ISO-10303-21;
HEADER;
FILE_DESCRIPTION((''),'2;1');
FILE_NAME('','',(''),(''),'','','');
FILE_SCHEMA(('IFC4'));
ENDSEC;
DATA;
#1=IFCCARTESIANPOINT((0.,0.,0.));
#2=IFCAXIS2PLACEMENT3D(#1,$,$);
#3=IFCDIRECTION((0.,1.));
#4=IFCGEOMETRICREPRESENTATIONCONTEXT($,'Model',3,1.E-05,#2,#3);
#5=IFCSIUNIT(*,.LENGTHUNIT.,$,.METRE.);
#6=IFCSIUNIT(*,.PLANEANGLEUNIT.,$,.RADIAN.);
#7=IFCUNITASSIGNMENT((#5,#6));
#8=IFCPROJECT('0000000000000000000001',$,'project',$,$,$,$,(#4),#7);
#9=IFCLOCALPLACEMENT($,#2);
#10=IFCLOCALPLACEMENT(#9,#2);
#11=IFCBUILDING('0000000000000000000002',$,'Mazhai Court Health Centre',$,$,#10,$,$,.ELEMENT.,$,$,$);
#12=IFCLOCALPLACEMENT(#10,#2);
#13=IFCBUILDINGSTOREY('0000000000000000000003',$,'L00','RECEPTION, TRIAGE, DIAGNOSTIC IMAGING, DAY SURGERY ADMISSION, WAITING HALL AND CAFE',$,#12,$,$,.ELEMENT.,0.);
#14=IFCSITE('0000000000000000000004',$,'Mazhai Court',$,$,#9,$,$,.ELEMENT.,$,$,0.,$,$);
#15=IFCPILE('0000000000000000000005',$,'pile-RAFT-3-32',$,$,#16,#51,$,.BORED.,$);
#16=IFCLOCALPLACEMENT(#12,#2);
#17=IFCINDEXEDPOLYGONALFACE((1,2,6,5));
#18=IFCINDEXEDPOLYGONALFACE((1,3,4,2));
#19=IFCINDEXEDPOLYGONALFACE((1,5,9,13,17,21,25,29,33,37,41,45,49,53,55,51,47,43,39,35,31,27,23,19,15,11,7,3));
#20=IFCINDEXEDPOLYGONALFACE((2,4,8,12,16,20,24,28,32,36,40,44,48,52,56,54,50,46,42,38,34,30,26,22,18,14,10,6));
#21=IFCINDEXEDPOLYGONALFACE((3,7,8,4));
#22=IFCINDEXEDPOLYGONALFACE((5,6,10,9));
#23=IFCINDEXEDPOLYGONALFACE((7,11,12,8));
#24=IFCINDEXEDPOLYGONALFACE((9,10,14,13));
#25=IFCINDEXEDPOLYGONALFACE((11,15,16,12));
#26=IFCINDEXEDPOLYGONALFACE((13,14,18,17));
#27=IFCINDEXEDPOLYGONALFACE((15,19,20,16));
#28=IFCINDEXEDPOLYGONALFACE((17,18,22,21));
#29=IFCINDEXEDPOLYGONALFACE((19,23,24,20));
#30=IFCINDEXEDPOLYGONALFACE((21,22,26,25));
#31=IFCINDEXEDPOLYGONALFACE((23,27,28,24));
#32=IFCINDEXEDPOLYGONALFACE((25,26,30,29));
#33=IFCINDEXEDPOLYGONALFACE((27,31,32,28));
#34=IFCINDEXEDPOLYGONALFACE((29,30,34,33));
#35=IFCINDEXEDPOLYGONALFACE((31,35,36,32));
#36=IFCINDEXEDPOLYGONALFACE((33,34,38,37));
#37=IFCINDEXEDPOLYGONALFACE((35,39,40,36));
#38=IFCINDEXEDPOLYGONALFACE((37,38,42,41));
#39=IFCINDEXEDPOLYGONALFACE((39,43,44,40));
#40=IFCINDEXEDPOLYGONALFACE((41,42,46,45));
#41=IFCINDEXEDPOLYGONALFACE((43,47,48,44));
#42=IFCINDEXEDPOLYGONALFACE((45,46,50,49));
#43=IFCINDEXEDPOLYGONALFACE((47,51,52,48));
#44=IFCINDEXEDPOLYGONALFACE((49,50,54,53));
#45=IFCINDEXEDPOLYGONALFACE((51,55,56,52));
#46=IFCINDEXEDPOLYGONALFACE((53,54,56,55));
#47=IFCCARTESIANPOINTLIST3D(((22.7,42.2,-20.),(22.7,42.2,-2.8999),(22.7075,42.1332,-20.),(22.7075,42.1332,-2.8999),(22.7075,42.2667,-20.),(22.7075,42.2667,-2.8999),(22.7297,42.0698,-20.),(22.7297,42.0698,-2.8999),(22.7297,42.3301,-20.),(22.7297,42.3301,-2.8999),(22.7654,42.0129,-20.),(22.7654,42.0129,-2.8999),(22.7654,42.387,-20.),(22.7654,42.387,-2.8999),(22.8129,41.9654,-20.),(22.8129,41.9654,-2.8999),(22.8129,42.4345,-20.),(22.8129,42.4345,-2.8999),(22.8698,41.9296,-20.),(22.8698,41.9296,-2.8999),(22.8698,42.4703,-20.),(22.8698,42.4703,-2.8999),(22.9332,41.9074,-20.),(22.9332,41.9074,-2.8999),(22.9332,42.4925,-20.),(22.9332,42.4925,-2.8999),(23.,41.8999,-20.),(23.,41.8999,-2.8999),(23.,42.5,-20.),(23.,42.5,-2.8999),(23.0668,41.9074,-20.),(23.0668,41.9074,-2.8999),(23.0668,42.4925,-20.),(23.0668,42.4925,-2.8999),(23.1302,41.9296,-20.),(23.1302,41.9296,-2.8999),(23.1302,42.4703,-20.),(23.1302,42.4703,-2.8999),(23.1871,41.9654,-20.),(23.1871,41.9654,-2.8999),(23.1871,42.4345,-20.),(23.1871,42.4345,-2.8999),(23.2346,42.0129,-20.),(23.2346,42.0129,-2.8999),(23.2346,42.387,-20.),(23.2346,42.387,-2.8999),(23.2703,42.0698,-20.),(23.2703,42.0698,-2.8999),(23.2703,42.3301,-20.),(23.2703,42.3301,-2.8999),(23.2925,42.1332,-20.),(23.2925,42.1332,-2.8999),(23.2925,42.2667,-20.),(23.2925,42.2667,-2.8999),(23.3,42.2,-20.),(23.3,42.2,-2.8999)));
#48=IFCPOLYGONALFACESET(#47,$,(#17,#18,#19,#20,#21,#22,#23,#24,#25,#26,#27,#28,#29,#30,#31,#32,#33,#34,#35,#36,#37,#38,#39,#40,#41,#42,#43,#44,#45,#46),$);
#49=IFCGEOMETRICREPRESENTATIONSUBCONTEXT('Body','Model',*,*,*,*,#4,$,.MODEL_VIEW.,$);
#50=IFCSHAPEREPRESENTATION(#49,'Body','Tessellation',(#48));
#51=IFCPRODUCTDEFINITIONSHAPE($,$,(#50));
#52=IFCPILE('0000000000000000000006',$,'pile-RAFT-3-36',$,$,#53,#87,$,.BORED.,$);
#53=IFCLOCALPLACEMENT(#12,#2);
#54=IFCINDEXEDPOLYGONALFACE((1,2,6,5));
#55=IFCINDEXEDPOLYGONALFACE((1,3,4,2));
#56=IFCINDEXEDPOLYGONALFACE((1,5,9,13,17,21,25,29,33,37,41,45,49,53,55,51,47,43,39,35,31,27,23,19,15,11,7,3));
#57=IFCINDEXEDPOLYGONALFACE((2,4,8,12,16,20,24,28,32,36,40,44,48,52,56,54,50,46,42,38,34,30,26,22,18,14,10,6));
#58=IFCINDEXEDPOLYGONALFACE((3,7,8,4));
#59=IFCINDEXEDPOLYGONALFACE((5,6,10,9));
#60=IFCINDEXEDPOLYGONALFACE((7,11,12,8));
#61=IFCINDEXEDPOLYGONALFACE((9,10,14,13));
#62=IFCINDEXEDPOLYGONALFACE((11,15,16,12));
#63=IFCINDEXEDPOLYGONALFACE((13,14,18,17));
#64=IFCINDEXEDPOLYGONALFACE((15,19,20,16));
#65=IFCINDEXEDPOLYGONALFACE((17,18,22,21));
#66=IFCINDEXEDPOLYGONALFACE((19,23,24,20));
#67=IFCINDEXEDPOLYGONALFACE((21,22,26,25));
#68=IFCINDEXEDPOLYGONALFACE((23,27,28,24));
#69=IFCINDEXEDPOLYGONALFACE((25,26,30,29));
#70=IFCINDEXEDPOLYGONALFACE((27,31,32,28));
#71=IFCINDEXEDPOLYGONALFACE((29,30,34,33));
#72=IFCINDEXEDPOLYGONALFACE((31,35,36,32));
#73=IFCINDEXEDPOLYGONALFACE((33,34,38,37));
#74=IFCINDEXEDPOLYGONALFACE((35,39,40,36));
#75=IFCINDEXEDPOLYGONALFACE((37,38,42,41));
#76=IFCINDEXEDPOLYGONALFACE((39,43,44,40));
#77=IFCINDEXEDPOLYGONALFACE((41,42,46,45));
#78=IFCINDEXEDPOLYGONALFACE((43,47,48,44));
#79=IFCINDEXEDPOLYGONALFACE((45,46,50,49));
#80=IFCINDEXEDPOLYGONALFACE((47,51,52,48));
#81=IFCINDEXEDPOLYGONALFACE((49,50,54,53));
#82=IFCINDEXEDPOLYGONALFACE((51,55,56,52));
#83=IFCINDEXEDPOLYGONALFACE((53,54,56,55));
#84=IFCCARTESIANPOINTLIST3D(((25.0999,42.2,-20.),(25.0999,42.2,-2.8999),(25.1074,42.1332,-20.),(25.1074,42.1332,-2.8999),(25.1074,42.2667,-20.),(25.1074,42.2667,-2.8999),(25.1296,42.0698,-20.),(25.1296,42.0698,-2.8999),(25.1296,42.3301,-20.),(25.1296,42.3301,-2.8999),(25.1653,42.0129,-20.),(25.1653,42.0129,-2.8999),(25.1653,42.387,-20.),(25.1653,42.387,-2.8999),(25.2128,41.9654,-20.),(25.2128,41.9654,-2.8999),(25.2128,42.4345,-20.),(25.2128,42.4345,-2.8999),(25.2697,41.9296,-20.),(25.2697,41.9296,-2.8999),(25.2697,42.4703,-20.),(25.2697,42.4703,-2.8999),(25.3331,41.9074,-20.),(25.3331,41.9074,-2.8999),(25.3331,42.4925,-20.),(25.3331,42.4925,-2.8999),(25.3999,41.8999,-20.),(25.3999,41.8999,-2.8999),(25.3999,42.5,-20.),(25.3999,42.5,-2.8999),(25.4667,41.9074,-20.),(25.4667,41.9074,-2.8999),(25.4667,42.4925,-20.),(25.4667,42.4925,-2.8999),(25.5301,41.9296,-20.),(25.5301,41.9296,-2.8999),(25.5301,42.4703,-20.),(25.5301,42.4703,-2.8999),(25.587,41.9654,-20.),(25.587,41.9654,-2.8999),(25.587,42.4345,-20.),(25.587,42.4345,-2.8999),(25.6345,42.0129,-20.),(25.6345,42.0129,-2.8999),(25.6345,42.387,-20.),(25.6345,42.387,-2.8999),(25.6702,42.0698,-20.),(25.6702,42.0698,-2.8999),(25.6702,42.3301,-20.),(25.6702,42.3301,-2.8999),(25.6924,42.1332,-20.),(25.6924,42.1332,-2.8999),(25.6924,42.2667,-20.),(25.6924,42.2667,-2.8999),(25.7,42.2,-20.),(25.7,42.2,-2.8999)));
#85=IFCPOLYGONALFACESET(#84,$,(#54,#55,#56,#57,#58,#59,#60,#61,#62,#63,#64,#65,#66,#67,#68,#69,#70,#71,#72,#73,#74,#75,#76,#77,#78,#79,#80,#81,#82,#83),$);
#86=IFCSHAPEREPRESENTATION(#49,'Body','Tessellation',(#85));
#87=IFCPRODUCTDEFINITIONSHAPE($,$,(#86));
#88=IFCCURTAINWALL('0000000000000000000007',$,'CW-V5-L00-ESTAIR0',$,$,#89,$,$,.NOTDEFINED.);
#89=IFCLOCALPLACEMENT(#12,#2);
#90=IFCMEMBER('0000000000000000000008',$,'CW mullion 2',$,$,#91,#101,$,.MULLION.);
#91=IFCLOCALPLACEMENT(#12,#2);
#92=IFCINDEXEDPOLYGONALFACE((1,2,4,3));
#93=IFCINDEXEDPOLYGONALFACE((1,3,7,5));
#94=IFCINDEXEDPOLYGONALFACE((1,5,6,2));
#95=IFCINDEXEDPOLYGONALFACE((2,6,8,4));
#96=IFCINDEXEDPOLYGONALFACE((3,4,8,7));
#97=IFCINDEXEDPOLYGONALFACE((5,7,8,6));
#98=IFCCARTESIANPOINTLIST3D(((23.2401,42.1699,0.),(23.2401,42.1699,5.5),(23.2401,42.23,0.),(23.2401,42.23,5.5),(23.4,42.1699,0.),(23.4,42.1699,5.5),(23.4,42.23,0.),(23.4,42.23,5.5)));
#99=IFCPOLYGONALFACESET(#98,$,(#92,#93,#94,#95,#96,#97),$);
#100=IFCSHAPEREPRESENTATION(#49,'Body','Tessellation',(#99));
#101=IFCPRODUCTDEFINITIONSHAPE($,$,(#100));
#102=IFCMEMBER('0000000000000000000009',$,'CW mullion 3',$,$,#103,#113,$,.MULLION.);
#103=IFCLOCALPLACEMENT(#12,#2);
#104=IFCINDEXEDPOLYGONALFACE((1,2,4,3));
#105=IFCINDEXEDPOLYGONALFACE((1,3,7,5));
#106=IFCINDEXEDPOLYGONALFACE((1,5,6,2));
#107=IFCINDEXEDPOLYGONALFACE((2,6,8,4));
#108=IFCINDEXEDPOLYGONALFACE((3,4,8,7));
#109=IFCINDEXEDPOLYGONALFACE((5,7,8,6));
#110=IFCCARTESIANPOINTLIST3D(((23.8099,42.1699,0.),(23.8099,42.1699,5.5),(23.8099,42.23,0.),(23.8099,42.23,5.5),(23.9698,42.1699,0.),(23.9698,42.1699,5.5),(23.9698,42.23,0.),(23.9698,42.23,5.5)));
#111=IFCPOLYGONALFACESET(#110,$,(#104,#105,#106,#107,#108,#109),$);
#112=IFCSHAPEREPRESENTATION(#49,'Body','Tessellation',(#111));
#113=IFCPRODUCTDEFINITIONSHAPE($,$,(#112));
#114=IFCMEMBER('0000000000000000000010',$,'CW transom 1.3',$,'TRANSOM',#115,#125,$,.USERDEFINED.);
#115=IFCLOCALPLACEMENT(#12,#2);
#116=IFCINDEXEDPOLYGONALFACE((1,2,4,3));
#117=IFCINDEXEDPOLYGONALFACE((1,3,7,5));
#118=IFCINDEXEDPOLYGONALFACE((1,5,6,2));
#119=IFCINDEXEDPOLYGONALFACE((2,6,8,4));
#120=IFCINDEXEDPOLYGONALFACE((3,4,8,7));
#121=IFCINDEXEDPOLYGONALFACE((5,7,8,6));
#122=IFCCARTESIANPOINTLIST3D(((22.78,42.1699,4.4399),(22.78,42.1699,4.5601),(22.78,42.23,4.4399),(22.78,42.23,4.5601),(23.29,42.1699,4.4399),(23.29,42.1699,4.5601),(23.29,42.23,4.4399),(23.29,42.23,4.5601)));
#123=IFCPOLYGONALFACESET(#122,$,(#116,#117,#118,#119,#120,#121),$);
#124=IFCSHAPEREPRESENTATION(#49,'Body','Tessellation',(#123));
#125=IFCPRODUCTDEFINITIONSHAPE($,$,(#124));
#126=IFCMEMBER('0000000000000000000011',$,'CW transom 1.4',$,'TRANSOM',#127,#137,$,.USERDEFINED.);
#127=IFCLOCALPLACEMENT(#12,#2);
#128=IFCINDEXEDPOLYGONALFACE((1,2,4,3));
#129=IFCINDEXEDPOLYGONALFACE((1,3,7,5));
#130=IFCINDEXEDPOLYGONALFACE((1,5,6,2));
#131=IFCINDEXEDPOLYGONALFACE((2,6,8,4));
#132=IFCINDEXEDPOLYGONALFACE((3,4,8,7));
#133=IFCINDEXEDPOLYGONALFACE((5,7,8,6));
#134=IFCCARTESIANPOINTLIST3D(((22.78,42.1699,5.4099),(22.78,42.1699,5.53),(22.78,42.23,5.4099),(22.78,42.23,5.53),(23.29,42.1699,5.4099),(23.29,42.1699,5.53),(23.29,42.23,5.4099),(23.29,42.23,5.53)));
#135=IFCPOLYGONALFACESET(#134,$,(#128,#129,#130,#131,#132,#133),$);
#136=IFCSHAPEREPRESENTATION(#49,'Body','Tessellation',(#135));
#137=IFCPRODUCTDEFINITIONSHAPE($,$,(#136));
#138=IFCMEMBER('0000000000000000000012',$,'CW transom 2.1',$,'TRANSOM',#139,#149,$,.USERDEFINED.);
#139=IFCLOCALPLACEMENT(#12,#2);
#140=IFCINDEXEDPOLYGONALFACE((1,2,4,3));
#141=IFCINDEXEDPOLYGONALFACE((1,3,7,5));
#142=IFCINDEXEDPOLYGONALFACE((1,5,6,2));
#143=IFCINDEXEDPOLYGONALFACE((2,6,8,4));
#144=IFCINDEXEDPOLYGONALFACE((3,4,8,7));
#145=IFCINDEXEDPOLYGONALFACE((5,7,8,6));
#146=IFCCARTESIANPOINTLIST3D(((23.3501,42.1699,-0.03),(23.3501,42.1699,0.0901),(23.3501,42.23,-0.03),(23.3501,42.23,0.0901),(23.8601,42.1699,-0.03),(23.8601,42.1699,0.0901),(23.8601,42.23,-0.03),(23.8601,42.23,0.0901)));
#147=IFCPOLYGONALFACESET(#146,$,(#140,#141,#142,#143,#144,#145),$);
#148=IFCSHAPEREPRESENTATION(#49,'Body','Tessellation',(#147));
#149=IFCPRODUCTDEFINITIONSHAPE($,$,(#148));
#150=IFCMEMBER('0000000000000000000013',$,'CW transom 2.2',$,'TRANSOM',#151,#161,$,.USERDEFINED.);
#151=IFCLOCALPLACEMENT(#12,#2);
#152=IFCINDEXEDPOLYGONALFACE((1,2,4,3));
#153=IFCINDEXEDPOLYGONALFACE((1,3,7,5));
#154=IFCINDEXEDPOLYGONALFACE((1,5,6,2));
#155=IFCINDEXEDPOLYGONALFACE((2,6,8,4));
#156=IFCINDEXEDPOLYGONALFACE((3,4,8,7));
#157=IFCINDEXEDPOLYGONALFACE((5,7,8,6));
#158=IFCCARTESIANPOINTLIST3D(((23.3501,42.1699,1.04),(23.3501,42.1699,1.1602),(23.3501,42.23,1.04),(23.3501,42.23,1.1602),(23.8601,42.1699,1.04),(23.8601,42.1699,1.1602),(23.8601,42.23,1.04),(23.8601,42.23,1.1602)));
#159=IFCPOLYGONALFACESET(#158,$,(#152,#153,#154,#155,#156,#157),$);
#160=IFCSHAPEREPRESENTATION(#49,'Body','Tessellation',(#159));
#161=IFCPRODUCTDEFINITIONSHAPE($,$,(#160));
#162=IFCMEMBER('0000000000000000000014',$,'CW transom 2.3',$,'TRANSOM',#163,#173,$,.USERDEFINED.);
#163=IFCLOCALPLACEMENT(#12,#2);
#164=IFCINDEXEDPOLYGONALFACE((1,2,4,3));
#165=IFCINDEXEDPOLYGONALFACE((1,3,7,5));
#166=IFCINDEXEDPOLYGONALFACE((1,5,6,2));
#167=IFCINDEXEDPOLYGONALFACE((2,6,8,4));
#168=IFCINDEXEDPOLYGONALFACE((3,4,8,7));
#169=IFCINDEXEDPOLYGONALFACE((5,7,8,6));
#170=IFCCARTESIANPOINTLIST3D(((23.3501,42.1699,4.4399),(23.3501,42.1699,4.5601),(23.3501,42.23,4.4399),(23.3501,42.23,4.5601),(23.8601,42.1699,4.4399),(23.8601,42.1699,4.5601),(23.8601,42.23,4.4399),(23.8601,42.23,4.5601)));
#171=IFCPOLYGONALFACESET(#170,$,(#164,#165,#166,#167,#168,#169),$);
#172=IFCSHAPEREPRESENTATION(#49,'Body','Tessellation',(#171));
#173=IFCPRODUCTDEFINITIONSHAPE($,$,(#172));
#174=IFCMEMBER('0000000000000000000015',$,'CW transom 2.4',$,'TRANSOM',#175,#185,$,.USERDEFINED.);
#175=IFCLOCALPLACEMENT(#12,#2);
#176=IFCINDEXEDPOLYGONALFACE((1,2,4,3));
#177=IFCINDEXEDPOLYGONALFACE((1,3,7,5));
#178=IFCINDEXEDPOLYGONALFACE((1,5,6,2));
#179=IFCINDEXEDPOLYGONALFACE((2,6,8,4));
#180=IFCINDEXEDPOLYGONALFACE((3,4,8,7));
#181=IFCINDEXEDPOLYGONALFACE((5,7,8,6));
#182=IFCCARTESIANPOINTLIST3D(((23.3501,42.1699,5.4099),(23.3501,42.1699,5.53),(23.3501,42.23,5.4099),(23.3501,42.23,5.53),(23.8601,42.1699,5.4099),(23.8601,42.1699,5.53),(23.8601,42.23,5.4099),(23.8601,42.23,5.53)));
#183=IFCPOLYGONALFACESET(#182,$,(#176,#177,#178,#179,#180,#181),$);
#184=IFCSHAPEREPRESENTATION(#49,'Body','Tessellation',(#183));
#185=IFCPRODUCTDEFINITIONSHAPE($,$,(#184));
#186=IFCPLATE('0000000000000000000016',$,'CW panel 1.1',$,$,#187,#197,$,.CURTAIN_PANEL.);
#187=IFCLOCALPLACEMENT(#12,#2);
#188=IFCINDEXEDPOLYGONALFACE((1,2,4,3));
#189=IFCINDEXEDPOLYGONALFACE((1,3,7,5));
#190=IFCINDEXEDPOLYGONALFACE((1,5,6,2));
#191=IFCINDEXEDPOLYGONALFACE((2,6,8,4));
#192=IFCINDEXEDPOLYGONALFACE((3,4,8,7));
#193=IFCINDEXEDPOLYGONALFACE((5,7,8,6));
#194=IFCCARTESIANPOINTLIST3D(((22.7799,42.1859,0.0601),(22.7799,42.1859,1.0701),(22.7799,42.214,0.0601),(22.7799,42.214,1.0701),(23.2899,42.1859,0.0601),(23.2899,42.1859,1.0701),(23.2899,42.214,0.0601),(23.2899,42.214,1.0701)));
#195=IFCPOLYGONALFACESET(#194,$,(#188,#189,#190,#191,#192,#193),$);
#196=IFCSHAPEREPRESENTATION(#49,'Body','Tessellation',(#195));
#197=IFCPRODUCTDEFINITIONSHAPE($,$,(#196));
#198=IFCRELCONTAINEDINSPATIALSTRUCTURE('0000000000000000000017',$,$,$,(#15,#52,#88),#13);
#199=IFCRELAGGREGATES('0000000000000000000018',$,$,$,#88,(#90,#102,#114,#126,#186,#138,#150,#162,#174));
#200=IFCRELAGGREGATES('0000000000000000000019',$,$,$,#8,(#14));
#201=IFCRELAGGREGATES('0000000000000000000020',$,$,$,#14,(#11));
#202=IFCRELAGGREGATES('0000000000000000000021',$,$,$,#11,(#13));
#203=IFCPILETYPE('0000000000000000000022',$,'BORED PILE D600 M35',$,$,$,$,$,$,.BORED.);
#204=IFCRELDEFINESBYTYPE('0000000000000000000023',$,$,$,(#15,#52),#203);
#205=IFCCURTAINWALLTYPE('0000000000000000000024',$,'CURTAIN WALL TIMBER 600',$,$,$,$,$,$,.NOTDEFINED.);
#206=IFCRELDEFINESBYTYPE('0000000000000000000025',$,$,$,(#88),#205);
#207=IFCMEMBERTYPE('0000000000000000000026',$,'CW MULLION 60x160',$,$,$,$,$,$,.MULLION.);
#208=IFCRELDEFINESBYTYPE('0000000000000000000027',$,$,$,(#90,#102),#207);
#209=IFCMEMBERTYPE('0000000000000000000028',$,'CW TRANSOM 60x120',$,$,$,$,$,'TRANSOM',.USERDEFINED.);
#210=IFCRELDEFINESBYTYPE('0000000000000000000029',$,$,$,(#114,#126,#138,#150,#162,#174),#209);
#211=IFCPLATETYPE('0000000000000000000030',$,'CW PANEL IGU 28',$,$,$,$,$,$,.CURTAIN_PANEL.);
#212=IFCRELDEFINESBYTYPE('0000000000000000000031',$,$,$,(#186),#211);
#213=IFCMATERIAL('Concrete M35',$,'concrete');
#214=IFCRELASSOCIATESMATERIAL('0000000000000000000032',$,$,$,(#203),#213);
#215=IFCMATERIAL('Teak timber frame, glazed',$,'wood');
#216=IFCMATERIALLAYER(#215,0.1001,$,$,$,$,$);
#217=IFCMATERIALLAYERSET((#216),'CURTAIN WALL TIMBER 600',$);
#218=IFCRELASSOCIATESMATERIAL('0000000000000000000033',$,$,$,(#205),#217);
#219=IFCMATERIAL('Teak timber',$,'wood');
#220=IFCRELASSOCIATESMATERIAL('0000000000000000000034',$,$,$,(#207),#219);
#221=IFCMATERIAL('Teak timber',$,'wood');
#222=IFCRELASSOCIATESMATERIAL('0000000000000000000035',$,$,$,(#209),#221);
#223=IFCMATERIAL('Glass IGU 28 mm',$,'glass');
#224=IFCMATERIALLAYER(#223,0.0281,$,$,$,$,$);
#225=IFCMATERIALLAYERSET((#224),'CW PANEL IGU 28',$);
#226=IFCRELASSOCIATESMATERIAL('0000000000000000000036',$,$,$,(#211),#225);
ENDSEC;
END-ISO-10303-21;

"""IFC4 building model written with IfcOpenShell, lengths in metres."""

from ifc_helpers import new_model, si_unit, direction, frame, origin, origin_2d, place, context, subcontext, project, spatial, rectangle, circle, extrude, material, layer, layer_set, material_profile, profile_set, type_object, element, aggregate, save


model = new_model("IFC4")

# Units and contexts
model_context = context("Model", 3, precision=1e-05, world=origin(), true_north=direction((0.0, 1.0)))
body_context = subcontext(model_context, "Body", "Model", "MODEL_VIEW")
ifc_project = project(units=[si_unit("LENGTHUNIT", "METRE"), si_unit("PLANEANGLEUNIT", "RADIAN")], contexts=[model_context])

# Site, building, storey
site_placement = place(None, origin())
site = spatial("IfcSite", under=ifc_project, at=site_placement, Name="Mazhai Court", CompositionType="ELEMENT", RefElevation=0.0)
building_placement = place(site_placement, origin())
building = spatial("IfcBuilding", under=site, at=building_placement, Name="Mazhai Court Health Centre", CompositionType="ELEMENT")
storey_placement = place(building_placement, origin())
storey = spatial("IfcBuildingStorey", under=building, at=storey_placement, Name="L00", Description="RECEPTION, TRIAGE, DIAGNOSTIC IMAGING, DAY SURGERY ADMISSION, WAITING HALL AND CAFE", CompositionType="ELEMENT", Elevation=0.0)

# Piles
ifc_material_1 = material(Name="Concrete M35", Category="concrete")
ifc_material_profile_1 = material_profile(ifc_material_1, circle(Radius=0.3, at=origin_2d()), Name="RC PILE D600")
ifc_profile_set_1 = profile_set([ifc_material_profile_1], Name="Concrete M35")
pile_type = type_object("IfcPileType", Name="BORED PILE D600 M35", PredefinedType="BORED", material=ifc_profile_set_1)
for number, where, z_axis, x_axis, name in (
    (1, (23.0, 42.2, -2.8999), (0.0, 0.0, -1.0), (1.0, 0.0, 0.0), "pile-RAFT-3-32"),
    (2, (25.3999, 42.2, -2.8999), (0.0, 0.0, -1.0), (1.0, 0.0, 0.0), "pile-RAFT-3-36"),
):
    element("IfcPile", number, at=place(storey_placement, frame(where, z_axis=z_axis, x_axis=x_axis)), inside=storey, type_object=pile_type, Name=name, PredefinedType="BORED", context=body_context, shape_type="SweptSolid", body=[
        extrude(circle(Radius=0.3, at=origin_2d()), origin(), (0.0, 0.0, 1.0), 17.1001),
    ])

# Curtain wall, members, plate
ifc_material_2 = material(Name="Teak timber frame, glazed", Category="wood")
ifc_layer_1 = layer(ifc_material_2, 0.1001)
ifc_layer_set_1 = layer_set([ifc_layer_1], Name="CURTAIN WALL TIMBER 600")
curtain_wall_type = type_object("IfcCurtainWallType", Name="CURTAIN WALL TIMBER 600", PredefinedType="NOTDEFINED", material=ifc_layer_set_1)
curtain_wall_placement = place(storey_placement, origin())
curtain_wall = element("IfcCurtainWall", 3, at=curtain_wall_placement, inside=storey, type_object=curtain_wall_type, Name="CW-V5-L00-ESTAIR0", PredefinedType="NOTDEFINED")
ifc_material_3 = material(Name="Teak timber", Category="wood")
ifc_material_profile_2 = material_profile(ifc_material_3, rectangle(XDim=0.0601, YDim=0.1599, at=origin_2d()), Name="CW MULLION 60x160")
ifc_profile_set_2 = profile_set([ifc_material_profile_2], Name="Teak timber")
member_type_1 = type_object("IfcMemberType", Name="CW MULLION 60x160", PredefinedType="MULLION", material=ifc_profile_set_2)
member_1_placement = place(storey_placement, frame((23.3201, 42.2, 0.0), z_axis=(0.0, 0.0, 1.0), x_axis=(0.0, 1.0, 0.0)))
member_1 = element("IfcMember", 4, at=member_1_placement, type_object=member_type_1, Name="CW mullion 2", PredefinedType="MULLION", context=body_context, shape_type="SweptSolid", body=[
    extrude(rectangle(XDim=0.0601, YDim=0.1599, at=origin_2d()), origin(), (0.0, 0.0, 1.0), 5.5),
])
member_2_placement = place(storey_placement, frame((23.8899, 42.2, 0.0), z_axis=(0.0, 0.0, 1.0), x_axis=(0.0, 1.0, 0.0)))
member_2 = element("IfcMember", 5, at=member_2_placement, type_object=member_type_1, Name="CW mullion 3", PredefinedType="MULLION", context=body_context, shape_type="SweptSolid", body=[
    extrude(rectangle(XDim=0.0601, YDim=0.1599, at=origin_2d()), origin(), (0.0, 0.0, 1.0), 5.5),
])
ifc_material_4 = material(Name="Teak timber", Category="wood")
ifc_material_profile_3 = material_profile(ifc_material_4, rectangle(XDim=0.0601, YDim=0.1201, at=origin_2d()), Name="CW TRANSOM 60x120")
ifc_profile_set_3 = profile_set([ifc_material_profile_3], Name="Teak timber")
member_type_2 = type_object("IfcMemberType", Name="CW TRANSOM 60x120", ElementType="TRANSOM", PredefinedType="USERDEFINED", material=ifc_profile_set_3)
member_3_placement = place(storey_placement, frame((22.78, 42.2, 4.5), z_axis=(1.0, 0.0, 0.0), x_axis=(0.0, 1.0, 0.0)))
member_3 = element("IfcMember", 6, at=member_3_placement, type_object=member_type_2, Name="CW transom 1.3", ObjectType="TRANSOM", PredefinedType="USERDEFINED", context=body_context, shape_type="SweptSolid", body=[
    extrude(rectangle(XDim=0.0601, YDim=0.1201, at=origin_2d()), origin(), (0.0, 0.0, 1.0), 0.51),
])
member_4_placement = place(storey_placement, frame((22.78, 42.2, 5.47), z_axis=(1.0, 0.0, 0.0), x_axis=(0.0, 1.0, 0.0)))
member_4 = element("IfcMember", 7, at=member_4_placement, type_object=member_type_2, Name="CW transom 1.4", ObjectType="TRANSOM", PredefinedType="USERDEFINED", context=body_context, shape_type="SweptSolid", body=[
    extrude(rectangle(XDim=0.0601, YDim=0.1201, at=origin_2d()), origin(), (0.0, 0.0, 1.0), 0.51),
])
member_5_placement = place(storey_placement, frame((23.3501, 42.2, 0.03), z_axis=(1.0, 0.0, 0.0), x_axis=(0.0, 1.0, 0.0)))
member_5 = element("IfcMember", 8, at=member_5_placement, type_object=member_type_2, Name="CW transom 2.1", ObjectType="TRANSOM", PredefinedType="USERDEFINED", context=body_context, shape_type="SweptSolid", body=[
    extrude(rectangle(XDim=0.0601, YDim=0.1201, at=origin_2d()), origin(), (0.0, 0.0, 1.0), 0.51),
])
member_6_placement = place(storey_placement, frame((23.3501, 42.2, 1.1001), z_axis=(1.0, 0.0, 0.0), x_axis=(0.0, 1.0, 0.0)))
member_6 = element("IfcMember", 9, at=member_6_placement, type_object=member_type_2, Name="CW transom 2.2", ObjectType="TRANSOM", PredefinedType="USERDEFINED", context=body_context, shape_type="SweptSolid", body=[
    extrude(rectangle(XDim=0.0601, YDim=0.1201, at=origin_2d()), origin(), (0.0, 0.0, 1.0), 0.51),
])
member_7_placement = place(storey_placement, frame((23.3501, 42.2, 4.5), z_axis=(1.0, 0.0, 0.0), x_axis=(0.0, 1.0, 0.0)))
member_7 = element("IfcMember", 10, at=member_7_placement, type_object=member_type_2, Name="CW transom 2.3", ObjectType="TRANSOM", PredefinedType="USERDEFINED", context=body_context, shape_type="SweptSolid", body=[
    extrude(rectangle(XDim=0.0601, YDim=0.1201, at=origin_2d()), origin(), (0.0, 0.0, 1.0), 0.51),
])
member_8_placement = place(storey_placement, frame((23.3501, 42.2, 5.47), z_axis=(1.0, 0.0, 0.0), x_axis=(0.0, 1.0, 0.0)))
member_8 = element("IfcMember", 11, at=member_8_placement, type_object=member_type_2, Name="CW transom 2.4", ObjectType="TRANSOM", PredefinedType="USERDEFINED", context=body_context, shape_type="SweptSolid", body=[
    extrude(rectangle(XDim=0.0601, YDim=0.1201, at=origin_2d()), origin(), (0.0, 0.0, 1.0), 0.51),
])
ifc_material_5 = material(Name="Glass IGU 28 mm", Category="glass")
ifc_layer_2 = layer(ifc_material_5, 0.0281)
ifc_layer_set_2 = layer_set([ifc_layer_2], Name="CW PANEL IGU 28")
plate_type = type_object("IfcPlateType", Name="CW PANEL IGU 28", PredefinedType="CURTAIN_PANEL", material=ifc_layer_set_2)
plate_1_placement = place(storey_placement, frame((23.0349, 42.2, 0.0601), z_axis=(0.0, 0.0, 1.0), x_axis=(1.0, 0.0, 0.0)))
plate_1 = element("IfcPlate", 12, at=plate_1_placement, type_object=plate_type, Name="CW panel 1.1", PredefinedType="CURTAIN_PANEL", context=body_context, shape_type="SweptSolid", body=[
    extrude(rectangle(XDim=0.51, YDim=0.0281, at=origin_2d()), origin(), (0.0, 0.0, 1.0), 1.01),
])
aggregate(curtain_wall, [member_1, member_2, member_3, member_4, plate_1, member_5, member_6, member_7, member_8])

save(model, "model.ifc")
